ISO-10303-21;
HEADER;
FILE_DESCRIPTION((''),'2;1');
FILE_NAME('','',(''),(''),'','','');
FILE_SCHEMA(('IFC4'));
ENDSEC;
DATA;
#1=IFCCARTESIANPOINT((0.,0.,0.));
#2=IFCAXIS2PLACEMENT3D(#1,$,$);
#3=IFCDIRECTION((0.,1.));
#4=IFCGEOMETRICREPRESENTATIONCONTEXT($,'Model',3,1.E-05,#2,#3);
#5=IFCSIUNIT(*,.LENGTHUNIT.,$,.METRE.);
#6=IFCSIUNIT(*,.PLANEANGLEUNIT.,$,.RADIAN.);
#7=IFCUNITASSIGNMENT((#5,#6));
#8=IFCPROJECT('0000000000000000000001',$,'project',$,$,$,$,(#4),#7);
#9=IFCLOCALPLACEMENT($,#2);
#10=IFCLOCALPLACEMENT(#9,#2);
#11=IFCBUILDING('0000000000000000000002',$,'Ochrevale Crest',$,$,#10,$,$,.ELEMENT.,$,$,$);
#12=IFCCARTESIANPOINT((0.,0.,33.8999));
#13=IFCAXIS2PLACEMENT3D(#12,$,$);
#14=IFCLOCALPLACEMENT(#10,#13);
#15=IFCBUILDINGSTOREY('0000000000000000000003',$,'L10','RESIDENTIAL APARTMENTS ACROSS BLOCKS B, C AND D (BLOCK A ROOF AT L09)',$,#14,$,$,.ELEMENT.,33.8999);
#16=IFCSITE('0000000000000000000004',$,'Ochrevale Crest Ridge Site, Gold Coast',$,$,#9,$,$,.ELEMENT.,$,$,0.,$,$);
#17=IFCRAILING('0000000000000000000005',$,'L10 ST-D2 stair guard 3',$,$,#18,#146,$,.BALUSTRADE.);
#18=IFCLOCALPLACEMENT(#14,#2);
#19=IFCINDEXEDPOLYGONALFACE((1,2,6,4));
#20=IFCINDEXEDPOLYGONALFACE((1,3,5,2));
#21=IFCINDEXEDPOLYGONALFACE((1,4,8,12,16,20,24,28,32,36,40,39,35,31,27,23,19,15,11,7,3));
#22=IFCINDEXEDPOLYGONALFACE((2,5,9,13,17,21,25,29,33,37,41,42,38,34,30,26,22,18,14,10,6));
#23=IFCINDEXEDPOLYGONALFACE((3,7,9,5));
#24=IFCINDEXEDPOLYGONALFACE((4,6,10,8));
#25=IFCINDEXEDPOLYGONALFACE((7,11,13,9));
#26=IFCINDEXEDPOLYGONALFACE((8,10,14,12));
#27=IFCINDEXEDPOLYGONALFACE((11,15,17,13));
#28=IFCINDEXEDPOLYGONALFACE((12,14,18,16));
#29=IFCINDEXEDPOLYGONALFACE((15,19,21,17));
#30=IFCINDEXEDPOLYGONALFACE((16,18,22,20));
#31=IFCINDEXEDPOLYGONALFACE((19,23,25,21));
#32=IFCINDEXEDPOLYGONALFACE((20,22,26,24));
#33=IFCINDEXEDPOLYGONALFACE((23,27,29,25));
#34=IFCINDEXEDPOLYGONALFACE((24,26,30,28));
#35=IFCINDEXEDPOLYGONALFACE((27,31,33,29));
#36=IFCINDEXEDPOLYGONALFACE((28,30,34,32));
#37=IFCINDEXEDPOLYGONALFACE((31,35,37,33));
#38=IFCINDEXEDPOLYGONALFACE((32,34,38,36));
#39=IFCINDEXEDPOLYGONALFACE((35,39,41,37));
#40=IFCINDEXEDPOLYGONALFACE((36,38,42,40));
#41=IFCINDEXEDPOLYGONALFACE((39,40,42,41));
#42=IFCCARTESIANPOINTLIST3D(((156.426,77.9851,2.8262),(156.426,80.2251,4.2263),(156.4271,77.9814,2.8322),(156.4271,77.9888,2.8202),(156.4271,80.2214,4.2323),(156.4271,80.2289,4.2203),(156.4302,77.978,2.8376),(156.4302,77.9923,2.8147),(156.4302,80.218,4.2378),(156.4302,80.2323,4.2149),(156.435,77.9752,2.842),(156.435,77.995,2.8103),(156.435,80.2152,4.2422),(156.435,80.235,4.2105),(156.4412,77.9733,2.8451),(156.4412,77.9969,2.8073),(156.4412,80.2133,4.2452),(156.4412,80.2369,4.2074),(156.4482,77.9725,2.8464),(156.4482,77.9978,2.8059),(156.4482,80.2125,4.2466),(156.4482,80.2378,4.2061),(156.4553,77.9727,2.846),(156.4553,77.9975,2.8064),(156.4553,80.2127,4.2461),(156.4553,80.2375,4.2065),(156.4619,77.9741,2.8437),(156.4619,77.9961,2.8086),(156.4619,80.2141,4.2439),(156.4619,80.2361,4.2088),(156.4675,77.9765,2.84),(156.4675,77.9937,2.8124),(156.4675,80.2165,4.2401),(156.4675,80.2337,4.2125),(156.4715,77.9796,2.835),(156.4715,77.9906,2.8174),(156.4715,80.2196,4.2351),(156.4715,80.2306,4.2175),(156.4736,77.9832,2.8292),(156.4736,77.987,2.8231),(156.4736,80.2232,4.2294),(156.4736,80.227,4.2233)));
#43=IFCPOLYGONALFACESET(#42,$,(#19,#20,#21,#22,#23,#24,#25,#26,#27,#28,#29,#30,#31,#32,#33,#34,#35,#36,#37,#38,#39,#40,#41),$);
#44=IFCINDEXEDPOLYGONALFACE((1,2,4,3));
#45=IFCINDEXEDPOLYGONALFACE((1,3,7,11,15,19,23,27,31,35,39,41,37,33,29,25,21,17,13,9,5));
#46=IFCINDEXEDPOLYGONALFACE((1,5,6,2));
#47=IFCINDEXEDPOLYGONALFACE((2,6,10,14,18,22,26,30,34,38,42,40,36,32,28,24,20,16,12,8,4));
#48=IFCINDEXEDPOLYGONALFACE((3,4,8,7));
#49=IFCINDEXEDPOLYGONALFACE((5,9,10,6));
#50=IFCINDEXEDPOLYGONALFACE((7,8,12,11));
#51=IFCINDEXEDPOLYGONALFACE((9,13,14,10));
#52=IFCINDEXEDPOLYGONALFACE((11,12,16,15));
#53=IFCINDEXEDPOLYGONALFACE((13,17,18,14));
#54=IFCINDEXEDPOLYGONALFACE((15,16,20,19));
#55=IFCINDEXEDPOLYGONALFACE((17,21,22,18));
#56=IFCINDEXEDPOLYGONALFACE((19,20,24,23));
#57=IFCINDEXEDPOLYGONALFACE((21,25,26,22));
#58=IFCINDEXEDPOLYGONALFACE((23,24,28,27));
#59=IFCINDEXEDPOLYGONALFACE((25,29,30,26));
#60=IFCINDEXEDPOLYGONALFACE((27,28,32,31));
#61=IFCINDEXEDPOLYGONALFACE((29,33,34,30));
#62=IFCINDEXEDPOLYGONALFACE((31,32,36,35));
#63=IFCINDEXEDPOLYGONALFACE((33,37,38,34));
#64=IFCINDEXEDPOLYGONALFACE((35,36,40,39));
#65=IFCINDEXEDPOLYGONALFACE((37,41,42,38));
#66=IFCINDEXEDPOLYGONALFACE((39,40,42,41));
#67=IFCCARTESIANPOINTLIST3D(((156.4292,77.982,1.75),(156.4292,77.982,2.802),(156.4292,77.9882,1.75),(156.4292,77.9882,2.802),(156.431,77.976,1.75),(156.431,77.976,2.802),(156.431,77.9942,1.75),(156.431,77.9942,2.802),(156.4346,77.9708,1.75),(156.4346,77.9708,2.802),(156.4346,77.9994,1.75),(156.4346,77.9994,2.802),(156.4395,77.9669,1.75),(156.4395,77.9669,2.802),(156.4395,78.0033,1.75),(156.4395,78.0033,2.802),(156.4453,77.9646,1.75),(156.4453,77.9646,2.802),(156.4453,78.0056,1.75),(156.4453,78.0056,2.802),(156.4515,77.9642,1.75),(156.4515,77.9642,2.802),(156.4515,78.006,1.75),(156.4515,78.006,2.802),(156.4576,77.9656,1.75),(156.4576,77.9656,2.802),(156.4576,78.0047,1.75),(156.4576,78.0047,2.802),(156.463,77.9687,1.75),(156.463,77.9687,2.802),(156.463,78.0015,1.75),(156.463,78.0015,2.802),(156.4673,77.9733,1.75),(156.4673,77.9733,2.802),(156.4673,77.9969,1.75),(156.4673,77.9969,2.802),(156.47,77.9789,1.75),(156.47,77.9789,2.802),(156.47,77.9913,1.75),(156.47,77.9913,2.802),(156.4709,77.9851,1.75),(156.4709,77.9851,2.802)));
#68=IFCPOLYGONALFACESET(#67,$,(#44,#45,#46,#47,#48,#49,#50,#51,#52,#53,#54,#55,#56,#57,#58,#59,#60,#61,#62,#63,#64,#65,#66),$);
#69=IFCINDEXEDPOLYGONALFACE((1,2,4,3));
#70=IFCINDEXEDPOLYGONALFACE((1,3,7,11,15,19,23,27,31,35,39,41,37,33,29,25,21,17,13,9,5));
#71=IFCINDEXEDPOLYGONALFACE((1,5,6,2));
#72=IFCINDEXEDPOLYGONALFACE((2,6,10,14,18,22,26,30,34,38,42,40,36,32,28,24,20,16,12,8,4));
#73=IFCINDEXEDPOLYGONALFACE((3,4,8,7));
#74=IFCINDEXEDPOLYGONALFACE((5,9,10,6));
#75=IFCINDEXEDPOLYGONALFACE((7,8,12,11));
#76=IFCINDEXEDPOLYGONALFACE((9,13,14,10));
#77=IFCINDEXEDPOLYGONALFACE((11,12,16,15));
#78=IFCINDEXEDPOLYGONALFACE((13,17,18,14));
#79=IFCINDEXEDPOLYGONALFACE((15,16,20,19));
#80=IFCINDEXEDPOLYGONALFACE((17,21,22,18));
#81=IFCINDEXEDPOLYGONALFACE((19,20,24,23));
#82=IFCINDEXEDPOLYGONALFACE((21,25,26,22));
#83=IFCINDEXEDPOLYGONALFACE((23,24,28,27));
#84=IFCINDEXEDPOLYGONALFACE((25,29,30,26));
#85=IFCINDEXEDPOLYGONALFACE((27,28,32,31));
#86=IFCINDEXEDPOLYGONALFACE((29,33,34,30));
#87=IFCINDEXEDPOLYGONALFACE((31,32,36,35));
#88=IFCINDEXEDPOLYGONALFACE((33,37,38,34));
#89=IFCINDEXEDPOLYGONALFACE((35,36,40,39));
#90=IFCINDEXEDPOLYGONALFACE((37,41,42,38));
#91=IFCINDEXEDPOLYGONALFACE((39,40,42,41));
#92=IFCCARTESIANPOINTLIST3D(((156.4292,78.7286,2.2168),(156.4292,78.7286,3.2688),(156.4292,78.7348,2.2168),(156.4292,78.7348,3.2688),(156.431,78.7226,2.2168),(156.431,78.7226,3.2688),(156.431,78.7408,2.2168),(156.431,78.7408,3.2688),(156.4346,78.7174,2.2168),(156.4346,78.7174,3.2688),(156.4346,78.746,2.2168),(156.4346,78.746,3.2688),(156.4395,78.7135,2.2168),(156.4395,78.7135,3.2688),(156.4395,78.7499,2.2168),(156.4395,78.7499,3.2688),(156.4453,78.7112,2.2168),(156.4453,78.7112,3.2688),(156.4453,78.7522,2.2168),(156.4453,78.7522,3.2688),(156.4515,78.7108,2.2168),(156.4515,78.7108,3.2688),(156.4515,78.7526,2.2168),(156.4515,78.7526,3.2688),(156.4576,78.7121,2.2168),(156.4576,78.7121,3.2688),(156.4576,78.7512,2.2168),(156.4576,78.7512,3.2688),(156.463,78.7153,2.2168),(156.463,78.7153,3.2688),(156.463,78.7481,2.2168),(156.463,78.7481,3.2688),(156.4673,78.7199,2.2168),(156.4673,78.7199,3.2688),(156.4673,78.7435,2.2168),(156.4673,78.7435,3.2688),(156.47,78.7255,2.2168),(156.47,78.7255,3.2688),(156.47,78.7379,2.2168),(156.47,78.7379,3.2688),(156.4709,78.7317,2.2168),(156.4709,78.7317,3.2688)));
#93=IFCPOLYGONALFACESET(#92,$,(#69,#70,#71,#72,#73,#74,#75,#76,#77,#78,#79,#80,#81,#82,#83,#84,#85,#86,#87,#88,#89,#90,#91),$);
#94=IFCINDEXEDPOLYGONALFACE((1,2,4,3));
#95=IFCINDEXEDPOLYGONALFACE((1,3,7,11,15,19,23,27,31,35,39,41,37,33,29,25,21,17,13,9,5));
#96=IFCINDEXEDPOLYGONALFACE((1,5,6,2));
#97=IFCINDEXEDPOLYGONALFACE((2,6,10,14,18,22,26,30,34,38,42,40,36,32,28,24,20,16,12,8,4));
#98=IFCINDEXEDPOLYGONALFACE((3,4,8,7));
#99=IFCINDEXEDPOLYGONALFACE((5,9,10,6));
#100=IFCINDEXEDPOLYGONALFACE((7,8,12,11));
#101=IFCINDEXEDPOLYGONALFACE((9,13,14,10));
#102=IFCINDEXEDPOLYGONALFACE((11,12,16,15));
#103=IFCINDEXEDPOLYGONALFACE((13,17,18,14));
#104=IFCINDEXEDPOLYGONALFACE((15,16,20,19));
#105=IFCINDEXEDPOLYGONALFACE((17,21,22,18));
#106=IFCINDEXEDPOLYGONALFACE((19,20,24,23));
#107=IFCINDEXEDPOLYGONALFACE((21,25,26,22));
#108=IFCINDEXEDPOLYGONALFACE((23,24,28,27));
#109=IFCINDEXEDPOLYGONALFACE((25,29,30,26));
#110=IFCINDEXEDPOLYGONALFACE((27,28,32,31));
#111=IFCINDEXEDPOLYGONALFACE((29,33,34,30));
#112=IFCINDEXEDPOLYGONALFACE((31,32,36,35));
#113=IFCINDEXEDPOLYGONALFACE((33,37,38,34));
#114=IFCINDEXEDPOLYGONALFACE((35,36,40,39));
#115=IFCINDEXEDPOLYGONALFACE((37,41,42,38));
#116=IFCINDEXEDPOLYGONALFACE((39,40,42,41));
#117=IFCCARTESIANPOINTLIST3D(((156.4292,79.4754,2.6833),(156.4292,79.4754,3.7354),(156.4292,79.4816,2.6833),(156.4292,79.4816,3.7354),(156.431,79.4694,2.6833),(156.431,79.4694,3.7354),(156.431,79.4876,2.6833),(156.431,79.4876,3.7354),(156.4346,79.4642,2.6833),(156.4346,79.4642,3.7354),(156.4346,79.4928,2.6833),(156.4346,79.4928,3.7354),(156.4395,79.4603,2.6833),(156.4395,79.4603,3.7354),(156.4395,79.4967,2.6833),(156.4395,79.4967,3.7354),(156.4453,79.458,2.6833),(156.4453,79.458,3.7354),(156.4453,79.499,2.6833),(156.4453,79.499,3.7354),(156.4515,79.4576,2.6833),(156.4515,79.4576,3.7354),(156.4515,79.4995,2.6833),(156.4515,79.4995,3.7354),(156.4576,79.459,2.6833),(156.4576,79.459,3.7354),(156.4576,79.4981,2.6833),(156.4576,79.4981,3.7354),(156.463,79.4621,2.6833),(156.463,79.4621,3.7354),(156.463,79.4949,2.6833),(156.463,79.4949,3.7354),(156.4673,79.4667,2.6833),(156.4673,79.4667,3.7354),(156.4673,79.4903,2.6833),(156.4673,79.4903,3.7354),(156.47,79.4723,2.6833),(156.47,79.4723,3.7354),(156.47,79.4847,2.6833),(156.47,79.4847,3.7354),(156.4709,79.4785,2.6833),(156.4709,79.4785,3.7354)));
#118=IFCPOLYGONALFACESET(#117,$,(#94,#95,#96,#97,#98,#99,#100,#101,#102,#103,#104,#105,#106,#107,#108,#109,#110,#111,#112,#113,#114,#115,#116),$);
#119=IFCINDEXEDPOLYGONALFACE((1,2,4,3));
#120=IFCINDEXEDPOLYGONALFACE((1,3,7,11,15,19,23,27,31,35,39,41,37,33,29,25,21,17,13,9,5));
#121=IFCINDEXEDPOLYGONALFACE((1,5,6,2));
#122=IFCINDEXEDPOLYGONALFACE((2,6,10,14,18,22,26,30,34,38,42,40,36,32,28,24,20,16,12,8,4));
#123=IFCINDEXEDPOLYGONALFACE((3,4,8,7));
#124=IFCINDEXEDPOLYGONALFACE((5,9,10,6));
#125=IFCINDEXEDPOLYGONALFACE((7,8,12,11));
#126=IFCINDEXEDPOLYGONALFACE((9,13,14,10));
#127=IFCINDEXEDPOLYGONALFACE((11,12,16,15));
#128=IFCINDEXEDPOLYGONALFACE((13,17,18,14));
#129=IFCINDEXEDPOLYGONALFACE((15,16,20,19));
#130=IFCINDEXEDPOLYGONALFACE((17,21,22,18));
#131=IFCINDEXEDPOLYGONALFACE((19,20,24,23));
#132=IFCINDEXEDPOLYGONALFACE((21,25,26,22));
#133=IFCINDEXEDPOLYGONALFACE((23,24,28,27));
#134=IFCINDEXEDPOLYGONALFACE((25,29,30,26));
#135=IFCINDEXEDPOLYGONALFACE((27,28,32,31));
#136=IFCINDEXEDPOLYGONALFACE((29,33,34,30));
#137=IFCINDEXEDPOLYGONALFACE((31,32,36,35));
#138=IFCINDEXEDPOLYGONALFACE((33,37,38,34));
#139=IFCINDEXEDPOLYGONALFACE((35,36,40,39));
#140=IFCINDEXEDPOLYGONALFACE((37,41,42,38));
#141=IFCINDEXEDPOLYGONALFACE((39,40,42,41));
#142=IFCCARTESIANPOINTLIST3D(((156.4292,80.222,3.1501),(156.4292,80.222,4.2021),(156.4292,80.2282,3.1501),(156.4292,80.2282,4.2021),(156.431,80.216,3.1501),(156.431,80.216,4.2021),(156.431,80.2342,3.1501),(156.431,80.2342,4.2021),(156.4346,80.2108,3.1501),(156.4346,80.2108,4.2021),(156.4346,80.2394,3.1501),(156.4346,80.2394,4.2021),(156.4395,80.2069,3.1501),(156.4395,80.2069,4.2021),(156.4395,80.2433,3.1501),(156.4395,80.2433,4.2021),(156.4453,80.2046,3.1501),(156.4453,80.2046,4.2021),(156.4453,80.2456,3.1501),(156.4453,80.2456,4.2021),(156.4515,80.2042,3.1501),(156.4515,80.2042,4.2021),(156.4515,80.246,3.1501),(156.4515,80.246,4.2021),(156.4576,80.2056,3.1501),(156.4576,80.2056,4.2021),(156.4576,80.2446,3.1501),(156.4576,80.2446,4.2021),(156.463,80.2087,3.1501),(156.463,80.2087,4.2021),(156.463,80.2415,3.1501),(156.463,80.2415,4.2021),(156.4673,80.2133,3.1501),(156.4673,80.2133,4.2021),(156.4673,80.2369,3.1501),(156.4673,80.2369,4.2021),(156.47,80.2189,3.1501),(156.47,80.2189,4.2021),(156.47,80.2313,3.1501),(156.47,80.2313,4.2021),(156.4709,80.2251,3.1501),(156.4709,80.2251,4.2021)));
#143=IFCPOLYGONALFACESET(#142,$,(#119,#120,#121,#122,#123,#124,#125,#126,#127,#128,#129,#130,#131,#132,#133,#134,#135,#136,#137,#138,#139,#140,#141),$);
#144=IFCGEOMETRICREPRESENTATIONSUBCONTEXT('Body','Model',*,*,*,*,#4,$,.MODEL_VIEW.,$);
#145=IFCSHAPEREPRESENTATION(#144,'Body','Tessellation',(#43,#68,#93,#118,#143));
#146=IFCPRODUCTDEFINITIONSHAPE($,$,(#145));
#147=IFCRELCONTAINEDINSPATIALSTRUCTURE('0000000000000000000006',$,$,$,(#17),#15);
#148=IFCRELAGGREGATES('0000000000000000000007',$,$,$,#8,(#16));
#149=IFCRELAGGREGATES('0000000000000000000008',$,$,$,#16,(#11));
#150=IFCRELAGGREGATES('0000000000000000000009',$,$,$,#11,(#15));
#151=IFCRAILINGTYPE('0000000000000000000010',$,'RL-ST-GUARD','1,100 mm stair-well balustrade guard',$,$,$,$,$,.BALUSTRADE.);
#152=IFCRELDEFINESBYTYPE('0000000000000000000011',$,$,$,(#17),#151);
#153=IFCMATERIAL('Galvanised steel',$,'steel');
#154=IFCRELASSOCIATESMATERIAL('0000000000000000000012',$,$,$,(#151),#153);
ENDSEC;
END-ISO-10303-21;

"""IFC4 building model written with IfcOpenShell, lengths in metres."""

from ifc_helpers import new_model, si_unit, direction, frame, origin, origin_2d, place, context, subcontext, project, spatial, circle, extrude, material, type_object, element, save


model = new_model("IFC4")

# Units and contexts
model_context = context("Model", 3, precision=1e-05, world=origin(), true_north=direction((0.0, 1.0)))
body_context = subcontext(model_context, "Body", "Model", "MODEL_VIEW")
ifc_project = project(units=[si_unit("LENGTHUNIT", "METRE"), si_unit("PLANEANGLEUNIT", "RADIAN")], contexts=[model_context])

# Site, building, storey
site_placement = place(None, origin())
site = spatial("IfcSite", under=ifc_project, at=site_placement, Name="Ochrevale Crest Ridge Site, Gold Coast", CompositionType="ELEMENT", RefElevation=0.0)
building_placement = place(site_placement, origin())
building = spatial("IfcBuilding", under=site, at=building_placement, Name="Ochrevale Crest", CompositionType="ELEMENT")
storey_placement = place(building_placement, frame((0.0, 0.0, 33.8999)))
storey = spatial("IfcBuildingStorey", under=building, at=storey_placement, Name="L10", Description="RESIDENTIAL APARTMENTS ACROSS BLOCKS B, C AND D (BLOCK A ROOF AT L09)", CompositionType="ELEMENT", Elevation=33.8999)

# Railing
ifc_material_1 = material(Name="Galvanised steel", Category="steel")
railing_type_1 = type_object("IfcRailingType", Name="RL-ST-GUARD", Description="1,100 mm stair-well balustrade guard", PredefinedType="BALUSTRADE", material=ifc_material_1)
railing_1_placement = place(storey_placement, frame((156.45, 77.9851, 1.75)))
element("IfcRailing", 1, at=railing_1_placement, inside=storey, type_object=railing_type_1, Name="L10 ST-D2 stair guard 3", PredefinedType="BALUSTRADE", context=body_context, shape_type="SweptSolid", body=[
    extrude(circle(Radius=0.0239, at=origin_2d()), frame((0.0, 0.0, 1.0762), z_axis=(0.0, 0.847972, 0.53004), x_axis=(-1.0, 0.0, 0.0)), (0.0, 0.0, 1.0), 2.6416),
    extrude(circle(Radius=0.021, at=origin_2d()), origin(), (0.0, 0.0, 1.0), 1.052),
    extrude(circle(Radius=0.021, at=origin_2d()), frame((0.0, 0.7466, 0.4668)), (0.0, 0.0, 1.0), 1.052),
    extrude(circle(Radius=0.021, at=origin_2d()), frame((0.0, 1.4934, 0.9333)), (0.0, 0.0, 1.0), 1.052),
    extrude(circle(Radius=0.021, at=origin_2d()), frame((0.0, 2.24, 1.4001)), (0.0, 0.0, 1.0), 1.052),
])

save(model, "model.ifc")
